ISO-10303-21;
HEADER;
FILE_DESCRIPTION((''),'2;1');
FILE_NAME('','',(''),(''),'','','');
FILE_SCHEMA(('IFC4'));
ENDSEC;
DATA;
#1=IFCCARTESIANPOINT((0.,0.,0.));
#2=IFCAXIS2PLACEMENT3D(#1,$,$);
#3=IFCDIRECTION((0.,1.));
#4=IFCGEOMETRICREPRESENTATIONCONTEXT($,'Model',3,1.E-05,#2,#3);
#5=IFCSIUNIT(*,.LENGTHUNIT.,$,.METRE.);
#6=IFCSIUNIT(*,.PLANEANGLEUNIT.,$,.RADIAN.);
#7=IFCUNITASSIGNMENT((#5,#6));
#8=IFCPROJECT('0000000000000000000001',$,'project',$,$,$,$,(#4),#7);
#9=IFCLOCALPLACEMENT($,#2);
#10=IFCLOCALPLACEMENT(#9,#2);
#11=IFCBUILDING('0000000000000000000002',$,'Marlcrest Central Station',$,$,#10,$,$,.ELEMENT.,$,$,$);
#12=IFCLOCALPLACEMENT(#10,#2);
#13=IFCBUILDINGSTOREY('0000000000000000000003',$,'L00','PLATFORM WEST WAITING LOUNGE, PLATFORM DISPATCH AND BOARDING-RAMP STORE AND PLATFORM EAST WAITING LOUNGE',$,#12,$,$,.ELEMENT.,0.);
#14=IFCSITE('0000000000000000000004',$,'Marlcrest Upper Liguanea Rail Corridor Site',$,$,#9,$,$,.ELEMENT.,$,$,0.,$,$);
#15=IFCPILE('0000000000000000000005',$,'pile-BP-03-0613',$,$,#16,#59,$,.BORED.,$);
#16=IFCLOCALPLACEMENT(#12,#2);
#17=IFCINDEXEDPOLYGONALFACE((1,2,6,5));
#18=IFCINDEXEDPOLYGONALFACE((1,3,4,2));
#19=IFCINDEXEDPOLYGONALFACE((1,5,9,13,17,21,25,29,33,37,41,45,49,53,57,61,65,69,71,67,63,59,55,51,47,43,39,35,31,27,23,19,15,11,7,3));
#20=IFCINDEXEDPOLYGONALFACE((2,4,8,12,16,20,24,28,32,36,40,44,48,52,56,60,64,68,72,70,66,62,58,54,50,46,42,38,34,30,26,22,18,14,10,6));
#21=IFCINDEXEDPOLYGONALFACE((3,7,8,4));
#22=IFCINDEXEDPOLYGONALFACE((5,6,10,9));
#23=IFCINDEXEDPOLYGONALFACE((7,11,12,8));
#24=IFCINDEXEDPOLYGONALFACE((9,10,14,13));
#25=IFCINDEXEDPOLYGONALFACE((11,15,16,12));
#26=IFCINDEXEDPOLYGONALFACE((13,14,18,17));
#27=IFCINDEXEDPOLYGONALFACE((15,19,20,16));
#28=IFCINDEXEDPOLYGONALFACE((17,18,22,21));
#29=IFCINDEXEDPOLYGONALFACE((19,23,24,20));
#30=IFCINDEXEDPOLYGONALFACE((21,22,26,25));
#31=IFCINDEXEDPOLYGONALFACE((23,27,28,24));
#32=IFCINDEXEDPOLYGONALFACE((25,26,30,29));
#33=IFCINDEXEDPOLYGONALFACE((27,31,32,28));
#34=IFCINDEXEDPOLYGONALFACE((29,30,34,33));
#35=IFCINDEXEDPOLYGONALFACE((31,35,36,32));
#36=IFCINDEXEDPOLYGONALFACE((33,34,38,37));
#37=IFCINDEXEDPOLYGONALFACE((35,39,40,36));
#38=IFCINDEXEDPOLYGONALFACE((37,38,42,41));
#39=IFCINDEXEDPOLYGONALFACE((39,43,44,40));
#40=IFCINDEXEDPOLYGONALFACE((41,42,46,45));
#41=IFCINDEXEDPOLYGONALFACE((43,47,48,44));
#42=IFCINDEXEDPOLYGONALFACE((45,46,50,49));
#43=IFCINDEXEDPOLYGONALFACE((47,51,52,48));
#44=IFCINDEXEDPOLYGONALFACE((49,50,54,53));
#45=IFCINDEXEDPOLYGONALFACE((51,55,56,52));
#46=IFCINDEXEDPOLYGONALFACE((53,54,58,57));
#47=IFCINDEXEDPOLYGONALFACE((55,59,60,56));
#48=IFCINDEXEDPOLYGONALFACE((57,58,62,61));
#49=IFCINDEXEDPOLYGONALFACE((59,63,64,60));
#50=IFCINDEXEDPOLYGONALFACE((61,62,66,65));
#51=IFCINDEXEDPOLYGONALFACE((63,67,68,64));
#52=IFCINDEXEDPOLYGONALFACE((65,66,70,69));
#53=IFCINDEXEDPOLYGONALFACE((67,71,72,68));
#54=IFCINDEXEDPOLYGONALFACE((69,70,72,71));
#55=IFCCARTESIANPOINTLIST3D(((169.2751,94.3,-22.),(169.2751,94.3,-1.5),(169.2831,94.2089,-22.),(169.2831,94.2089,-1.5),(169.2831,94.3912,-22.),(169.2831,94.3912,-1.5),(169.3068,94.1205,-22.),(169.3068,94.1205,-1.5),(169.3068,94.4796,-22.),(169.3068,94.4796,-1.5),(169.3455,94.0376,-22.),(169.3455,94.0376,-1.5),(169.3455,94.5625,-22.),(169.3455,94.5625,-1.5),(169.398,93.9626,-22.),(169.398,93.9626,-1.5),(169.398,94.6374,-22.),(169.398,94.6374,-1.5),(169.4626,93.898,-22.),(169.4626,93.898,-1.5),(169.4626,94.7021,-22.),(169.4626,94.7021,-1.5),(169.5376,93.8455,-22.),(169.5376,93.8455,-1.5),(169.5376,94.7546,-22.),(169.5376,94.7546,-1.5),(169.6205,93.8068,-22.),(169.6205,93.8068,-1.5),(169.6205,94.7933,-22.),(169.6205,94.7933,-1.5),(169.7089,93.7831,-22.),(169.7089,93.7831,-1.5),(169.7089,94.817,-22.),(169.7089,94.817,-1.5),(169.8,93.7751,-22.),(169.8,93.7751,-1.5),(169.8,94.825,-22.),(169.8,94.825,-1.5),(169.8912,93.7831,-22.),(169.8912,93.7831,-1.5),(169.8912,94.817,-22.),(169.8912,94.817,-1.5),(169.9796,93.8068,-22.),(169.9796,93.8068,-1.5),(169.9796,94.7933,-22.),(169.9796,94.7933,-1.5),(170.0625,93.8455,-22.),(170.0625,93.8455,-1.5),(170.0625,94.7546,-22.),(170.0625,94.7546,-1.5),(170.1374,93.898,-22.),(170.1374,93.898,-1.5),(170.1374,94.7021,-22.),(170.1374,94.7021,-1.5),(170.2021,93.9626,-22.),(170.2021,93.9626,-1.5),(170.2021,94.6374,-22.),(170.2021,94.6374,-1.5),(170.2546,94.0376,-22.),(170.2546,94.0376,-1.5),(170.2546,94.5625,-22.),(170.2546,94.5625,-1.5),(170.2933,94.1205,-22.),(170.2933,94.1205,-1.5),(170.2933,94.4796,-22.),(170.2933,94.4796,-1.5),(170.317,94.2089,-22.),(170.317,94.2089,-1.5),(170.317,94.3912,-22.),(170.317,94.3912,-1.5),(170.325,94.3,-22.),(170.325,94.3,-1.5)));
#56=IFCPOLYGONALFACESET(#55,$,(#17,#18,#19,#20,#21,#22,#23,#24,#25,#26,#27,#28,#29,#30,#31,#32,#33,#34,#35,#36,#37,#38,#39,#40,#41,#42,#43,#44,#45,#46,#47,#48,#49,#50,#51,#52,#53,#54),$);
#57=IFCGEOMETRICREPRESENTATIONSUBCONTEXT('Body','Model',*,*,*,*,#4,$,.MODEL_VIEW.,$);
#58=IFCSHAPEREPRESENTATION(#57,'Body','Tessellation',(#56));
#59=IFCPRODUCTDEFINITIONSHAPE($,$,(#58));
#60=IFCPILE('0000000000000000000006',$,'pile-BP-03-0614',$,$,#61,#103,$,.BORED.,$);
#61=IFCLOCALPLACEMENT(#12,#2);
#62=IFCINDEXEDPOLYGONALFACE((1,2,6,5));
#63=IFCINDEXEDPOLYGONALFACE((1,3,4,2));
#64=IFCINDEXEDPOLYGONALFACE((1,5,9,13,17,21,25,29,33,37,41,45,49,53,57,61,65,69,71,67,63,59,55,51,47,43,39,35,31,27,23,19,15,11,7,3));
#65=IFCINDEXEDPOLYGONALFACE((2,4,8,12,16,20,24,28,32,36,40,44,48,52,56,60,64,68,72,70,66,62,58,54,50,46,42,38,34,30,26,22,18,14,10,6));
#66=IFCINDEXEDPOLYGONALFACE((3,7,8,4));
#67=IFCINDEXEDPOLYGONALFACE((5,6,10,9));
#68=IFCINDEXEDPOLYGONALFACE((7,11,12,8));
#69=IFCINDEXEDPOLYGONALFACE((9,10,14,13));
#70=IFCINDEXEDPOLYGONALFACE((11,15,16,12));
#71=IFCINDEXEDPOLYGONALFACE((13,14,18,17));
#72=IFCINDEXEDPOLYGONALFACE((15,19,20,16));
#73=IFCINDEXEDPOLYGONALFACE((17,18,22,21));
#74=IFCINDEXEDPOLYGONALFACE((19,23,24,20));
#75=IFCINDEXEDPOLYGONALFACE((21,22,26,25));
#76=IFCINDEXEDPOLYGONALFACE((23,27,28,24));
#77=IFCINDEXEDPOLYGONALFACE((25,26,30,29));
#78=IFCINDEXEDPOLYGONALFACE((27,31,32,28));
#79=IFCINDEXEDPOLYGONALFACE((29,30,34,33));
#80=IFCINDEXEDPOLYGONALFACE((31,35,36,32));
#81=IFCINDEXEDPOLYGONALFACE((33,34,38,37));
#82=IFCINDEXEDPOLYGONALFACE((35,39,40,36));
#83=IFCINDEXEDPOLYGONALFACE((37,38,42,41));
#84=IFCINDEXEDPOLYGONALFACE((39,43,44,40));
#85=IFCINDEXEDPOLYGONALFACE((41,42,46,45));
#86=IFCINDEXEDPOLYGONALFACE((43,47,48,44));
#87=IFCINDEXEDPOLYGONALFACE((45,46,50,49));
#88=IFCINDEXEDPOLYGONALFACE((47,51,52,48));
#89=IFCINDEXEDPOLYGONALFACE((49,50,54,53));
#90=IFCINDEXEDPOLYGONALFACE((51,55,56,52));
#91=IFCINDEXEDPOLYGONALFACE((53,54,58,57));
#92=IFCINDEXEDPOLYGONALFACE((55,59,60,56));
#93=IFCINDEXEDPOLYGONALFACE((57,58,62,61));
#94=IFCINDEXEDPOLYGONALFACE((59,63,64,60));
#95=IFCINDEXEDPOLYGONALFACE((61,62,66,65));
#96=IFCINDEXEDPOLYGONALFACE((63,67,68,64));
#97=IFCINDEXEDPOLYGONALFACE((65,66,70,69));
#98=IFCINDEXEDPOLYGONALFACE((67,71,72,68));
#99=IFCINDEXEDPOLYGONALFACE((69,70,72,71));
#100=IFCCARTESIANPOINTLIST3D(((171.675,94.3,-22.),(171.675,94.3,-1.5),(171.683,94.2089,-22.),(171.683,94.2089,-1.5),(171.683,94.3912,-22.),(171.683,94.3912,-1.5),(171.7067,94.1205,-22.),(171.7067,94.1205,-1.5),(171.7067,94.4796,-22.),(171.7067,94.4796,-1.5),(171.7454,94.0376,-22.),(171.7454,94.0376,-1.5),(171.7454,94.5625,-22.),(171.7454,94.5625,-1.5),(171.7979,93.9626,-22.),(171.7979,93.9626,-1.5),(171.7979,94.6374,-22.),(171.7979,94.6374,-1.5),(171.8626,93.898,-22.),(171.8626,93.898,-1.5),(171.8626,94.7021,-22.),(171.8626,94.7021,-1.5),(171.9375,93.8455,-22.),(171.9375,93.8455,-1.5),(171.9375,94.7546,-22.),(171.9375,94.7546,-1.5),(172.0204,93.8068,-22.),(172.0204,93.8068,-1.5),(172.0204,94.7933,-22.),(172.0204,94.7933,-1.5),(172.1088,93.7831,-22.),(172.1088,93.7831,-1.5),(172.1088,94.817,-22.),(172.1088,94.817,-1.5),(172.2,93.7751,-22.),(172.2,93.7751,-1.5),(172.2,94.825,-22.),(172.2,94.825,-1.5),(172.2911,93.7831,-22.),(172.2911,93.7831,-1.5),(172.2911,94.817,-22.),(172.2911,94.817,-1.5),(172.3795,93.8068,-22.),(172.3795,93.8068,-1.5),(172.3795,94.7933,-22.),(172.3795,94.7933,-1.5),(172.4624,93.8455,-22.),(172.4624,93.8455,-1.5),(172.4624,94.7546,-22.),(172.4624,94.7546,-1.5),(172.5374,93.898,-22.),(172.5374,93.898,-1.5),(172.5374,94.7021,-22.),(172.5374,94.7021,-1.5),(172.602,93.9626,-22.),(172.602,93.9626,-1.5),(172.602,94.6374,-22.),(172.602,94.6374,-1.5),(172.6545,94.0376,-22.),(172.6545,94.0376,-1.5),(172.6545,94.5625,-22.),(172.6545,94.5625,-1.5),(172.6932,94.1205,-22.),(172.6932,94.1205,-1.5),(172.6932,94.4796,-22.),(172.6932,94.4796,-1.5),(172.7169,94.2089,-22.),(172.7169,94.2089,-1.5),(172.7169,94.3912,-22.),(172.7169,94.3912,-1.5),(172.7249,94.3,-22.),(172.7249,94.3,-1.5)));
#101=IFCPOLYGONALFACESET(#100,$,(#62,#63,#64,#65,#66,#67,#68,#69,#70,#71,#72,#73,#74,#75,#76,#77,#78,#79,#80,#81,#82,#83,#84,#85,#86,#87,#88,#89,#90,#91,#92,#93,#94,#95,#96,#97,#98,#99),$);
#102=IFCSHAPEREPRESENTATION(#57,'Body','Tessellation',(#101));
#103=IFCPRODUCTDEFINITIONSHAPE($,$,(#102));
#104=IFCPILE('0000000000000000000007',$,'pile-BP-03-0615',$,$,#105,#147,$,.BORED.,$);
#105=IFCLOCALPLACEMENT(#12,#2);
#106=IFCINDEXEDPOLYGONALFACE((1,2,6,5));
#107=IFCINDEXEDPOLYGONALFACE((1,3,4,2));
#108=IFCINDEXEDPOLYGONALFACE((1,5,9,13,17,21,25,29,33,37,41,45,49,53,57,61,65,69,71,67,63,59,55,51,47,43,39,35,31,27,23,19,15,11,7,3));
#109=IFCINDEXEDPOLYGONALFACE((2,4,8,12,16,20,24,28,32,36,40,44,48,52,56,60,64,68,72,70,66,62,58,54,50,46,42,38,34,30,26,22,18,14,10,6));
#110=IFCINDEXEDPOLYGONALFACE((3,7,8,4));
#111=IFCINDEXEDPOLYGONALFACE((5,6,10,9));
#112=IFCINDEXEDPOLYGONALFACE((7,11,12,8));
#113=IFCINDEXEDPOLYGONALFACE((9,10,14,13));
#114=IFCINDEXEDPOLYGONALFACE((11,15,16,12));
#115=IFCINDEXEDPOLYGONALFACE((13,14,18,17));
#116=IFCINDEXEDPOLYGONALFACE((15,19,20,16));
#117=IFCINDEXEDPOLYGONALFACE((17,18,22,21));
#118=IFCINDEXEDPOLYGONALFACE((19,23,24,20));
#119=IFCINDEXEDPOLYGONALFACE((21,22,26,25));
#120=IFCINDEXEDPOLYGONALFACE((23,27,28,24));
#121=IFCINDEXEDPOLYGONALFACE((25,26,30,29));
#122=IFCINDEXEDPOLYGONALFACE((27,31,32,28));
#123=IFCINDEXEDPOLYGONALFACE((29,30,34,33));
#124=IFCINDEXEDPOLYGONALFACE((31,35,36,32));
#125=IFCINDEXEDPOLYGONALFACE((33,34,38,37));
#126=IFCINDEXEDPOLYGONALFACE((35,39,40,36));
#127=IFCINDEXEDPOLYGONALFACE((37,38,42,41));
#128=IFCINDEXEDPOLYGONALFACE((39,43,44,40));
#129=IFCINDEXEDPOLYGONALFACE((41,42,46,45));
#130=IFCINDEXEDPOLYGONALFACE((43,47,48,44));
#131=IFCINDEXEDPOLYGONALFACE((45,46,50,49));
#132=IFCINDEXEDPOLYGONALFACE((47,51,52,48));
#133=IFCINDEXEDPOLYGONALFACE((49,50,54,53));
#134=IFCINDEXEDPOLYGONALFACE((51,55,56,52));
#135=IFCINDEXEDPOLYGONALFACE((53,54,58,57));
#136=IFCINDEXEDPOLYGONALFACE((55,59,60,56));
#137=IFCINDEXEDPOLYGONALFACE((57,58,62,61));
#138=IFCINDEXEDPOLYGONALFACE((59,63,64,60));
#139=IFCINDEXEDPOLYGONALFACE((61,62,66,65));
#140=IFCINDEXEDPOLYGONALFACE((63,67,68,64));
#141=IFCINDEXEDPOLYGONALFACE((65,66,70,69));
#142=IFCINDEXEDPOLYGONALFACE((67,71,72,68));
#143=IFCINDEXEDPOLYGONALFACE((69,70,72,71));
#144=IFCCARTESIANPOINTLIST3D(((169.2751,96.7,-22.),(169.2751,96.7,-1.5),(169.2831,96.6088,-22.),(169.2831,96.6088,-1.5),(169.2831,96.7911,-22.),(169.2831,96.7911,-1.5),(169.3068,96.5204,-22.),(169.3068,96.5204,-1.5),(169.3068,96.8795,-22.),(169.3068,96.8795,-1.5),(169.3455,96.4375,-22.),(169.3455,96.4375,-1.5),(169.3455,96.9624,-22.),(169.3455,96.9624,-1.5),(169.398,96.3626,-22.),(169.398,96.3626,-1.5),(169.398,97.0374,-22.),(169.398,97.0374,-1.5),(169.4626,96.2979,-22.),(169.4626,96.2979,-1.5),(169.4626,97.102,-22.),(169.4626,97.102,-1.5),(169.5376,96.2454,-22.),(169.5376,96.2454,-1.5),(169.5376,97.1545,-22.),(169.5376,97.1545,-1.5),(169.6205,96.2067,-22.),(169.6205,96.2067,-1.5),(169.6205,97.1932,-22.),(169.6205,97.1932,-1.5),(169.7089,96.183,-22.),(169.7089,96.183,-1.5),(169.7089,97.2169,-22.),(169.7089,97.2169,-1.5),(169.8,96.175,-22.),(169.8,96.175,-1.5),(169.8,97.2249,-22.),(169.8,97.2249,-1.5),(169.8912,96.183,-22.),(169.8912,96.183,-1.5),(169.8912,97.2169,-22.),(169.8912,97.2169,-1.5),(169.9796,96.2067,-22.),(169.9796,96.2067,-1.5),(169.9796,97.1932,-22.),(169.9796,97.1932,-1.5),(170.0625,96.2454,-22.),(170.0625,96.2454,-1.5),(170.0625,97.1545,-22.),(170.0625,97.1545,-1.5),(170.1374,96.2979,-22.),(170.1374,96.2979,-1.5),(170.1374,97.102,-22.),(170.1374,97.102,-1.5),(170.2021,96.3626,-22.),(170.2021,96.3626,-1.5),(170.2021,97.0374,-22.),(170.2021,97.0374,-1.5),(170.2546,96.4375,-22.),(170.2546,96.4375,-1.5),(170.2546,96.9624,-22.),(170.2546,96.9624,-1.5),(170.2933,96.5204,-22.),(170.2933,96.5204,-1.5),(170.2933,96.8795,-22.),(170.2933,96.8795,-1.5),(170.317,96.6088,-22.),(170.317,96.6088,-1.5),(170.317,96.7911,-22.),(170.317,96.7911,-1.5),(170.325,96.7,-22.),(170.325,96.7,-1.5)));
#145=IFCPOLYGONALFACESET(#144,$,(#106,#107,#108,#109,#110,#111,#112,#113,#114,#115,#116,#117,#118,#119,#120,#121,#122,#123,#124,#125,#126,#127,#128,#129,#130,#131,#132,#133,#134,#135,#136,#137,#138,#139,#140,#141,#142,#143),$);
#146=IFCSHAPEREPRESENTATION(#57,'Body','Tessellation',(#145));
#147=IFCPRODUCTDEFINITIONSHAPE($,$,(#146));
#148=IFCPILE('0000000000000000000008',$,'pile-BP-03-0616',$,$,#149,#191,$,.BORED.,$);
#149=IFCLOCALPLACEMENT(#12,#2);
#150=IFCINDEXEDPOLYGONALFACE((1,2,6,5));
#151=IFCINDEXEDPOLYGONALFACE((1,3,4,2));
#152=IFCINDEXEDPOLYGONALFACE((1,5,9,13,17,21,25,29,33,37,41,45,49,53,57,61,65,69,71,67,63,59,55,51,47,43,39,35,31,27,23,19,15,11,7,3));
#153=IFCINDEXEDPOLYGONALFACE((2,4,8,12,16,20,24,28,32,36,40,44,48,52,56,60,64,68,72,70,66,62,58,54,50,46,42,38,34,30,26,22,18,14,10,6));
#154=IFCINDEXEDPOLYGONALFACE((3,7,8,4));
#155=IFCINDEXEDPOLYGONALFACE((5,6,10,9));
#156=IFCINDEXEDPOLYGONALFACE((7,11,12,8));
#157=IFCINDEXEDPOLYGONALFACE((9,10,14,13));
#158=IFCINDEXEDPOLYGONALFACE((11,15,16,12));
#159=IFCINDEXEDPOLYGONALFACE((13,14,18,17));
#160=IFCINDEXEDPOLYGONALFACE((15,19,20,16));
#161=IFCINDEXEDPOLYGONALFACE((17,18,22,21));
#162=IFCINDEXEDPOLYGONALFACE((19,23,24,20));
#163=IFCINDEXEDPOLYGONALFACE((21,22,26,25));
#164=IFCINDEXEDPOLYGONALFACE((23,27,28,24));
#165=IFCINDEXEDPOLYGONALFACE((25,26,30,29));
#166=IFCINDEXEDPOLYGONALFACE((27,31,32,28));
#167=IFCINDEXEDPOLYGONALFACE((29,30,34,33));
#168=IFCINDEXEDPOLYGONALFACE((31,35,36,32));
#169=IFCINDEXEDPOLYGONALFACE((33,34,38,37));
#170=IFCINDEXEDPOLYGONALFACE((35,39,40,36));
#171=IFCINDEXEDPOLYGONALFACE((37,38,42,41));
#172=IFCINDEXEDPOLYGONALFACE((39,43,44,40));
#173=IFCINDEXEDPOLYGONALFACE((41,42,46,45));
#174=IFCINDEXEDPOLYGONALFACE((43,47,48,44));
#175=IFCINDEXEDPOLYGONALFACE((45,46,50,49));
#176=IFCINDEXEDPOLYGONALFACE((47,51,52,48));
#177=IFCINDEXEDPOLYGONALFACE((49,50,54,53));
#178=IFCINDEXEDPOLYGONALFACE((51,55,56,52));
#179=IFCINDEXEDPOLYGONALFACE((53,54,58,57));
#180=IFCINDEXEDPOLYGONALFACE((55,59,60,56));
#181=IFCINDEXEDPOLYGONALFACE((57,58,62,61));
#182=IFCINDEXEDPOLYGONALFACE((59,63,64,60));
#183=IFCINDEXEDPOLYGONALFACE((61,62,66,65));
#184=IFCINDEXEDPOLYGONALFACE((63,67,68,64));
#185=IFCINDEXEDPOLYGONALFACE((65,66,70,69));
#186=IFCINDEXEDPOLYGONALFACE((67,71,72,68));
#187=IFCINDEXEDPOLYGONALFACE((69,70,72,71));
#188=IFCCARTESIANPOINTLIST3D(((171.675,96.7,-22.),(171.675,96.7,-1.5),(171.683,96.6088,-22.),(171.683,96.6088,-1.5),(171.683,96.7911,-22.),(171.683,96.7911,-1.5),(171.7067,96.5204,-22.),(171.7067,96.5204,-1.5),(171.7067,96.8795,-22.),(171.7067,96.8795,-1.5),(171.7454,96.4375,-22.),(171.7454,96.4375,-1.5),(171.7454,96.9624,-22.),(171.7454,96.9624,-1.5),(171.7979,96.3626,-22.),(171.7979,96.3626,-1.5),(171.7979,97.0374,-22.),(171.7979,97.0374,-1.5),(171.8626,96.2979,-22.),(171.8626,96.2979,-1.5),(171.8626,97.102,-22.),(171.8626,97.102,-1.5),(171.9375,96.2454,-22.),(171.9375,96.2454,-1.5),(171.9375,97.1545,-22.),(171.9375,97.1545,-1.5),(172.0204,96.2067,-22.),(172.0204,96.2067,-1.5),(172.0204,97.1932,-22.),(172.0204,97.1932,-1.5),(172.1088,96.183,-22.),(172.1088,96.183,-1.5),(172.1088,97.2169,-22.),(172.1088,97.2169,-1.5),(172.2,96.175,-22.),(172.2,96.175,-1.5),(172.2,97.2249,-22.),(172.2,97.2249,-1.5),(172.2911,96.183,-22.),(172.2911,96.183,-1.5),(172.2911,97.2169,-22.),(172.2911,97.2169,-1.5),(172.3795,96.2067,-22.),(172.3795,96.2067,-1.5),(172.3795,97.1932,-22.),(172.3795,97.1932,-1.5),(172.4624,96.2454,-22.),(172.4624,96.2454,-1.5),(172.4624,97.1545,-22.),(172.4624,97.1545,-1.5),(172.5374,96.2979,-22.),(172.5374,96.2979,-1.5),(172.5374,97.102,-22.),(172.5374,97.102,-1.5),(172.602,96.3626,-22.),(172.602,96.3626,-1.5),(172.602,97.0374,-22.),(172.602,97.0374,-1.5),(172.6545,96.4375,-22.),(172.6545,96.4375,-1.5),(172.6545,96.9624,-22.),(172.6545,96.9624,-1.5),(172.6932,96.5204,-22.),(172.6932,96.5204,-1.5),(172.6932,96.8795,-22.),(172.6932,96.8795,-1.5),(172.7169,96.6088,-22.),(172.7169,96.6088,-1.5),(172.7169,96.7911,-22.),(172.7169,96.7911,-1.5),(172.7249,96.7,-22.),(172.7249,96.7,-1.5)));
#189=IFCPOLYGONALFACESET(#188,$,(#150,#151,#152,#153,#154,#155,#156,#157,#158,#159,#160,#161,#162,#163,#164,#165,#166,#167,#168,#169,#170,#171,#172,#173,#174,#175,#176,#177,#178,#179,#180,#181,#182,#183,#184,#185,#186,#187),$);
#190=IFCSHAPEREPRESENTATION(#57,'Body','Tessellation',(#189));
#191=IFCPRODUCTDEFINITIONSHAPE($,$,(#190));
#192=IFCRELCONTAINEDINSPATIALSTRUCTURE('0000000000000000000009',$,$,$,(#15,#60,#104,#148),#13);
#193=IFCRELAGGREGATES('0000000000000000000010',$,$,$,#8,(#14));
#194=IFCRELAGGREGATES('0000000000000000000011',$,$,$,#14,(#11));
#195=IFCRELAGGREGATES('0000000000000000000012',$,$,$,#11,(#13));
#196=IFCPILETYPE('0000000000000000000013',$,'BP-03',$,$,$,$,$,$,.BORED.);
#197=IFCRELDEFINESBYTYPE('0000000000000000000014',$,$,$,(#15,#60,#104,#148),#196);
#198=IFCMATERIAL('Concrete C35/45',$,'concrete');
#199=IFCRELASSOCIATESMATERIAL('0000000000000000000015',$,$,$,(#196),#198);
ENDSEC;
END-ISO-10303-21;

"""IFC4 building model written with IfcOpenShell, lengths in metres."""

from ifc_helpers import new_model, si_unit, direction, frame, origin, origin_2d, place, context, subcontext, project, spatial, circle, extrude, material, material_profile, profile_set, type_object, element, save


model = new_model("IFC4")

# Units and contexts
model_context = context("Model", 3, precision=1e-05, world=origin(), true_north=direction((0.0, 1.0)))
body_context = subcontext(model_context, "Body", "Model", "MODEL_VIEW")
ifc_project = project(units=[si_unit("LENGTHUNIT", "METRE"), si_unit("PLANEANGLEUNIT", "RADIAN")], contexts=[model_context])

# Site, building, storey
site_placement = place(None, origin())
site = spatial("IfcSite", under=ifc_project, at=site_placement, Name="Marlcrest Upper Liguanea Rail Corridor Site", CompositionType="ELEMENT", RefElevation=0.0)
building_placement = place(site_placement, origin())
building = spatial("IfcBuilding", under=site, at=building_placement, Name="Marlcrest Central Station", CompositionType="ELEMENT")
storey_placement = place(building_placement, origin())
storey = spatial("IfcBuildingStorey", under=building, at=storey_placement, Name="L00", Description="PLATFORM WEST WAITING LOUNGE, PLATFORM DISPATCH AND BOARDING-RAMP STORE AND PLATFORM EAST WAITING LOUNGE", CompositionType="ELEMENT", Elevation=0.0)

# Piles
ifc_material_1 = material(Name="Concrete C35/45", Category="concrete")
ifc_material_profile_1 = material_profile(ifc_material_1, circle(Radius=0.5249, at=origin_2d()), Name="PILE D1050")
ifc_profile_set_1 = profile_set([ifc_material_profile_1], Name="Concrete C35/45")
pile_type_1 = type_object("IfcPileType", Name="BP-03", PredefinedType="BORED", material=ifc_profile_set_1)
for number, where, z_axis, x_axis, name in (
    (1, (169.8, 94.3, -1.5), (0.0, 0.0, -1.0), (1.0, 0.0, 0.0), "pile-BP-03-0613"),
    (2, (172.2, 94.3, -1.5), (0.0, 0.0, -1.0), (1.0, 0.0, 0.0), "pile-BP-03-0614"),
    (3, (169.8, 96.7, -1.5), (0.0, 0.0, -1.0), (1.0, 0.0, 0.0), "pile-BP-03-0615"),
    (4, (172.2, 96.7, -1.5), (0.0, 0.0, -1.0), (1.0, 0.0, 0.0), "pile-BP-03-0616"),
):
    element("IfcPile", number, at=place(storey_placement, frame(where, z_axis=z_axis, x_axis=x_axis)), inside=storey, type_object=pile_type_1, Name=name, PredefinedType="BORED", context=body_context, shape_type="SweptSolid", body=[
        extrude(circle(Radius=0.5249, at=origin_2d()), origin(), (0.0, 0.0, 1.0), 20.5),
    ])

save(model, "model.ifc")
